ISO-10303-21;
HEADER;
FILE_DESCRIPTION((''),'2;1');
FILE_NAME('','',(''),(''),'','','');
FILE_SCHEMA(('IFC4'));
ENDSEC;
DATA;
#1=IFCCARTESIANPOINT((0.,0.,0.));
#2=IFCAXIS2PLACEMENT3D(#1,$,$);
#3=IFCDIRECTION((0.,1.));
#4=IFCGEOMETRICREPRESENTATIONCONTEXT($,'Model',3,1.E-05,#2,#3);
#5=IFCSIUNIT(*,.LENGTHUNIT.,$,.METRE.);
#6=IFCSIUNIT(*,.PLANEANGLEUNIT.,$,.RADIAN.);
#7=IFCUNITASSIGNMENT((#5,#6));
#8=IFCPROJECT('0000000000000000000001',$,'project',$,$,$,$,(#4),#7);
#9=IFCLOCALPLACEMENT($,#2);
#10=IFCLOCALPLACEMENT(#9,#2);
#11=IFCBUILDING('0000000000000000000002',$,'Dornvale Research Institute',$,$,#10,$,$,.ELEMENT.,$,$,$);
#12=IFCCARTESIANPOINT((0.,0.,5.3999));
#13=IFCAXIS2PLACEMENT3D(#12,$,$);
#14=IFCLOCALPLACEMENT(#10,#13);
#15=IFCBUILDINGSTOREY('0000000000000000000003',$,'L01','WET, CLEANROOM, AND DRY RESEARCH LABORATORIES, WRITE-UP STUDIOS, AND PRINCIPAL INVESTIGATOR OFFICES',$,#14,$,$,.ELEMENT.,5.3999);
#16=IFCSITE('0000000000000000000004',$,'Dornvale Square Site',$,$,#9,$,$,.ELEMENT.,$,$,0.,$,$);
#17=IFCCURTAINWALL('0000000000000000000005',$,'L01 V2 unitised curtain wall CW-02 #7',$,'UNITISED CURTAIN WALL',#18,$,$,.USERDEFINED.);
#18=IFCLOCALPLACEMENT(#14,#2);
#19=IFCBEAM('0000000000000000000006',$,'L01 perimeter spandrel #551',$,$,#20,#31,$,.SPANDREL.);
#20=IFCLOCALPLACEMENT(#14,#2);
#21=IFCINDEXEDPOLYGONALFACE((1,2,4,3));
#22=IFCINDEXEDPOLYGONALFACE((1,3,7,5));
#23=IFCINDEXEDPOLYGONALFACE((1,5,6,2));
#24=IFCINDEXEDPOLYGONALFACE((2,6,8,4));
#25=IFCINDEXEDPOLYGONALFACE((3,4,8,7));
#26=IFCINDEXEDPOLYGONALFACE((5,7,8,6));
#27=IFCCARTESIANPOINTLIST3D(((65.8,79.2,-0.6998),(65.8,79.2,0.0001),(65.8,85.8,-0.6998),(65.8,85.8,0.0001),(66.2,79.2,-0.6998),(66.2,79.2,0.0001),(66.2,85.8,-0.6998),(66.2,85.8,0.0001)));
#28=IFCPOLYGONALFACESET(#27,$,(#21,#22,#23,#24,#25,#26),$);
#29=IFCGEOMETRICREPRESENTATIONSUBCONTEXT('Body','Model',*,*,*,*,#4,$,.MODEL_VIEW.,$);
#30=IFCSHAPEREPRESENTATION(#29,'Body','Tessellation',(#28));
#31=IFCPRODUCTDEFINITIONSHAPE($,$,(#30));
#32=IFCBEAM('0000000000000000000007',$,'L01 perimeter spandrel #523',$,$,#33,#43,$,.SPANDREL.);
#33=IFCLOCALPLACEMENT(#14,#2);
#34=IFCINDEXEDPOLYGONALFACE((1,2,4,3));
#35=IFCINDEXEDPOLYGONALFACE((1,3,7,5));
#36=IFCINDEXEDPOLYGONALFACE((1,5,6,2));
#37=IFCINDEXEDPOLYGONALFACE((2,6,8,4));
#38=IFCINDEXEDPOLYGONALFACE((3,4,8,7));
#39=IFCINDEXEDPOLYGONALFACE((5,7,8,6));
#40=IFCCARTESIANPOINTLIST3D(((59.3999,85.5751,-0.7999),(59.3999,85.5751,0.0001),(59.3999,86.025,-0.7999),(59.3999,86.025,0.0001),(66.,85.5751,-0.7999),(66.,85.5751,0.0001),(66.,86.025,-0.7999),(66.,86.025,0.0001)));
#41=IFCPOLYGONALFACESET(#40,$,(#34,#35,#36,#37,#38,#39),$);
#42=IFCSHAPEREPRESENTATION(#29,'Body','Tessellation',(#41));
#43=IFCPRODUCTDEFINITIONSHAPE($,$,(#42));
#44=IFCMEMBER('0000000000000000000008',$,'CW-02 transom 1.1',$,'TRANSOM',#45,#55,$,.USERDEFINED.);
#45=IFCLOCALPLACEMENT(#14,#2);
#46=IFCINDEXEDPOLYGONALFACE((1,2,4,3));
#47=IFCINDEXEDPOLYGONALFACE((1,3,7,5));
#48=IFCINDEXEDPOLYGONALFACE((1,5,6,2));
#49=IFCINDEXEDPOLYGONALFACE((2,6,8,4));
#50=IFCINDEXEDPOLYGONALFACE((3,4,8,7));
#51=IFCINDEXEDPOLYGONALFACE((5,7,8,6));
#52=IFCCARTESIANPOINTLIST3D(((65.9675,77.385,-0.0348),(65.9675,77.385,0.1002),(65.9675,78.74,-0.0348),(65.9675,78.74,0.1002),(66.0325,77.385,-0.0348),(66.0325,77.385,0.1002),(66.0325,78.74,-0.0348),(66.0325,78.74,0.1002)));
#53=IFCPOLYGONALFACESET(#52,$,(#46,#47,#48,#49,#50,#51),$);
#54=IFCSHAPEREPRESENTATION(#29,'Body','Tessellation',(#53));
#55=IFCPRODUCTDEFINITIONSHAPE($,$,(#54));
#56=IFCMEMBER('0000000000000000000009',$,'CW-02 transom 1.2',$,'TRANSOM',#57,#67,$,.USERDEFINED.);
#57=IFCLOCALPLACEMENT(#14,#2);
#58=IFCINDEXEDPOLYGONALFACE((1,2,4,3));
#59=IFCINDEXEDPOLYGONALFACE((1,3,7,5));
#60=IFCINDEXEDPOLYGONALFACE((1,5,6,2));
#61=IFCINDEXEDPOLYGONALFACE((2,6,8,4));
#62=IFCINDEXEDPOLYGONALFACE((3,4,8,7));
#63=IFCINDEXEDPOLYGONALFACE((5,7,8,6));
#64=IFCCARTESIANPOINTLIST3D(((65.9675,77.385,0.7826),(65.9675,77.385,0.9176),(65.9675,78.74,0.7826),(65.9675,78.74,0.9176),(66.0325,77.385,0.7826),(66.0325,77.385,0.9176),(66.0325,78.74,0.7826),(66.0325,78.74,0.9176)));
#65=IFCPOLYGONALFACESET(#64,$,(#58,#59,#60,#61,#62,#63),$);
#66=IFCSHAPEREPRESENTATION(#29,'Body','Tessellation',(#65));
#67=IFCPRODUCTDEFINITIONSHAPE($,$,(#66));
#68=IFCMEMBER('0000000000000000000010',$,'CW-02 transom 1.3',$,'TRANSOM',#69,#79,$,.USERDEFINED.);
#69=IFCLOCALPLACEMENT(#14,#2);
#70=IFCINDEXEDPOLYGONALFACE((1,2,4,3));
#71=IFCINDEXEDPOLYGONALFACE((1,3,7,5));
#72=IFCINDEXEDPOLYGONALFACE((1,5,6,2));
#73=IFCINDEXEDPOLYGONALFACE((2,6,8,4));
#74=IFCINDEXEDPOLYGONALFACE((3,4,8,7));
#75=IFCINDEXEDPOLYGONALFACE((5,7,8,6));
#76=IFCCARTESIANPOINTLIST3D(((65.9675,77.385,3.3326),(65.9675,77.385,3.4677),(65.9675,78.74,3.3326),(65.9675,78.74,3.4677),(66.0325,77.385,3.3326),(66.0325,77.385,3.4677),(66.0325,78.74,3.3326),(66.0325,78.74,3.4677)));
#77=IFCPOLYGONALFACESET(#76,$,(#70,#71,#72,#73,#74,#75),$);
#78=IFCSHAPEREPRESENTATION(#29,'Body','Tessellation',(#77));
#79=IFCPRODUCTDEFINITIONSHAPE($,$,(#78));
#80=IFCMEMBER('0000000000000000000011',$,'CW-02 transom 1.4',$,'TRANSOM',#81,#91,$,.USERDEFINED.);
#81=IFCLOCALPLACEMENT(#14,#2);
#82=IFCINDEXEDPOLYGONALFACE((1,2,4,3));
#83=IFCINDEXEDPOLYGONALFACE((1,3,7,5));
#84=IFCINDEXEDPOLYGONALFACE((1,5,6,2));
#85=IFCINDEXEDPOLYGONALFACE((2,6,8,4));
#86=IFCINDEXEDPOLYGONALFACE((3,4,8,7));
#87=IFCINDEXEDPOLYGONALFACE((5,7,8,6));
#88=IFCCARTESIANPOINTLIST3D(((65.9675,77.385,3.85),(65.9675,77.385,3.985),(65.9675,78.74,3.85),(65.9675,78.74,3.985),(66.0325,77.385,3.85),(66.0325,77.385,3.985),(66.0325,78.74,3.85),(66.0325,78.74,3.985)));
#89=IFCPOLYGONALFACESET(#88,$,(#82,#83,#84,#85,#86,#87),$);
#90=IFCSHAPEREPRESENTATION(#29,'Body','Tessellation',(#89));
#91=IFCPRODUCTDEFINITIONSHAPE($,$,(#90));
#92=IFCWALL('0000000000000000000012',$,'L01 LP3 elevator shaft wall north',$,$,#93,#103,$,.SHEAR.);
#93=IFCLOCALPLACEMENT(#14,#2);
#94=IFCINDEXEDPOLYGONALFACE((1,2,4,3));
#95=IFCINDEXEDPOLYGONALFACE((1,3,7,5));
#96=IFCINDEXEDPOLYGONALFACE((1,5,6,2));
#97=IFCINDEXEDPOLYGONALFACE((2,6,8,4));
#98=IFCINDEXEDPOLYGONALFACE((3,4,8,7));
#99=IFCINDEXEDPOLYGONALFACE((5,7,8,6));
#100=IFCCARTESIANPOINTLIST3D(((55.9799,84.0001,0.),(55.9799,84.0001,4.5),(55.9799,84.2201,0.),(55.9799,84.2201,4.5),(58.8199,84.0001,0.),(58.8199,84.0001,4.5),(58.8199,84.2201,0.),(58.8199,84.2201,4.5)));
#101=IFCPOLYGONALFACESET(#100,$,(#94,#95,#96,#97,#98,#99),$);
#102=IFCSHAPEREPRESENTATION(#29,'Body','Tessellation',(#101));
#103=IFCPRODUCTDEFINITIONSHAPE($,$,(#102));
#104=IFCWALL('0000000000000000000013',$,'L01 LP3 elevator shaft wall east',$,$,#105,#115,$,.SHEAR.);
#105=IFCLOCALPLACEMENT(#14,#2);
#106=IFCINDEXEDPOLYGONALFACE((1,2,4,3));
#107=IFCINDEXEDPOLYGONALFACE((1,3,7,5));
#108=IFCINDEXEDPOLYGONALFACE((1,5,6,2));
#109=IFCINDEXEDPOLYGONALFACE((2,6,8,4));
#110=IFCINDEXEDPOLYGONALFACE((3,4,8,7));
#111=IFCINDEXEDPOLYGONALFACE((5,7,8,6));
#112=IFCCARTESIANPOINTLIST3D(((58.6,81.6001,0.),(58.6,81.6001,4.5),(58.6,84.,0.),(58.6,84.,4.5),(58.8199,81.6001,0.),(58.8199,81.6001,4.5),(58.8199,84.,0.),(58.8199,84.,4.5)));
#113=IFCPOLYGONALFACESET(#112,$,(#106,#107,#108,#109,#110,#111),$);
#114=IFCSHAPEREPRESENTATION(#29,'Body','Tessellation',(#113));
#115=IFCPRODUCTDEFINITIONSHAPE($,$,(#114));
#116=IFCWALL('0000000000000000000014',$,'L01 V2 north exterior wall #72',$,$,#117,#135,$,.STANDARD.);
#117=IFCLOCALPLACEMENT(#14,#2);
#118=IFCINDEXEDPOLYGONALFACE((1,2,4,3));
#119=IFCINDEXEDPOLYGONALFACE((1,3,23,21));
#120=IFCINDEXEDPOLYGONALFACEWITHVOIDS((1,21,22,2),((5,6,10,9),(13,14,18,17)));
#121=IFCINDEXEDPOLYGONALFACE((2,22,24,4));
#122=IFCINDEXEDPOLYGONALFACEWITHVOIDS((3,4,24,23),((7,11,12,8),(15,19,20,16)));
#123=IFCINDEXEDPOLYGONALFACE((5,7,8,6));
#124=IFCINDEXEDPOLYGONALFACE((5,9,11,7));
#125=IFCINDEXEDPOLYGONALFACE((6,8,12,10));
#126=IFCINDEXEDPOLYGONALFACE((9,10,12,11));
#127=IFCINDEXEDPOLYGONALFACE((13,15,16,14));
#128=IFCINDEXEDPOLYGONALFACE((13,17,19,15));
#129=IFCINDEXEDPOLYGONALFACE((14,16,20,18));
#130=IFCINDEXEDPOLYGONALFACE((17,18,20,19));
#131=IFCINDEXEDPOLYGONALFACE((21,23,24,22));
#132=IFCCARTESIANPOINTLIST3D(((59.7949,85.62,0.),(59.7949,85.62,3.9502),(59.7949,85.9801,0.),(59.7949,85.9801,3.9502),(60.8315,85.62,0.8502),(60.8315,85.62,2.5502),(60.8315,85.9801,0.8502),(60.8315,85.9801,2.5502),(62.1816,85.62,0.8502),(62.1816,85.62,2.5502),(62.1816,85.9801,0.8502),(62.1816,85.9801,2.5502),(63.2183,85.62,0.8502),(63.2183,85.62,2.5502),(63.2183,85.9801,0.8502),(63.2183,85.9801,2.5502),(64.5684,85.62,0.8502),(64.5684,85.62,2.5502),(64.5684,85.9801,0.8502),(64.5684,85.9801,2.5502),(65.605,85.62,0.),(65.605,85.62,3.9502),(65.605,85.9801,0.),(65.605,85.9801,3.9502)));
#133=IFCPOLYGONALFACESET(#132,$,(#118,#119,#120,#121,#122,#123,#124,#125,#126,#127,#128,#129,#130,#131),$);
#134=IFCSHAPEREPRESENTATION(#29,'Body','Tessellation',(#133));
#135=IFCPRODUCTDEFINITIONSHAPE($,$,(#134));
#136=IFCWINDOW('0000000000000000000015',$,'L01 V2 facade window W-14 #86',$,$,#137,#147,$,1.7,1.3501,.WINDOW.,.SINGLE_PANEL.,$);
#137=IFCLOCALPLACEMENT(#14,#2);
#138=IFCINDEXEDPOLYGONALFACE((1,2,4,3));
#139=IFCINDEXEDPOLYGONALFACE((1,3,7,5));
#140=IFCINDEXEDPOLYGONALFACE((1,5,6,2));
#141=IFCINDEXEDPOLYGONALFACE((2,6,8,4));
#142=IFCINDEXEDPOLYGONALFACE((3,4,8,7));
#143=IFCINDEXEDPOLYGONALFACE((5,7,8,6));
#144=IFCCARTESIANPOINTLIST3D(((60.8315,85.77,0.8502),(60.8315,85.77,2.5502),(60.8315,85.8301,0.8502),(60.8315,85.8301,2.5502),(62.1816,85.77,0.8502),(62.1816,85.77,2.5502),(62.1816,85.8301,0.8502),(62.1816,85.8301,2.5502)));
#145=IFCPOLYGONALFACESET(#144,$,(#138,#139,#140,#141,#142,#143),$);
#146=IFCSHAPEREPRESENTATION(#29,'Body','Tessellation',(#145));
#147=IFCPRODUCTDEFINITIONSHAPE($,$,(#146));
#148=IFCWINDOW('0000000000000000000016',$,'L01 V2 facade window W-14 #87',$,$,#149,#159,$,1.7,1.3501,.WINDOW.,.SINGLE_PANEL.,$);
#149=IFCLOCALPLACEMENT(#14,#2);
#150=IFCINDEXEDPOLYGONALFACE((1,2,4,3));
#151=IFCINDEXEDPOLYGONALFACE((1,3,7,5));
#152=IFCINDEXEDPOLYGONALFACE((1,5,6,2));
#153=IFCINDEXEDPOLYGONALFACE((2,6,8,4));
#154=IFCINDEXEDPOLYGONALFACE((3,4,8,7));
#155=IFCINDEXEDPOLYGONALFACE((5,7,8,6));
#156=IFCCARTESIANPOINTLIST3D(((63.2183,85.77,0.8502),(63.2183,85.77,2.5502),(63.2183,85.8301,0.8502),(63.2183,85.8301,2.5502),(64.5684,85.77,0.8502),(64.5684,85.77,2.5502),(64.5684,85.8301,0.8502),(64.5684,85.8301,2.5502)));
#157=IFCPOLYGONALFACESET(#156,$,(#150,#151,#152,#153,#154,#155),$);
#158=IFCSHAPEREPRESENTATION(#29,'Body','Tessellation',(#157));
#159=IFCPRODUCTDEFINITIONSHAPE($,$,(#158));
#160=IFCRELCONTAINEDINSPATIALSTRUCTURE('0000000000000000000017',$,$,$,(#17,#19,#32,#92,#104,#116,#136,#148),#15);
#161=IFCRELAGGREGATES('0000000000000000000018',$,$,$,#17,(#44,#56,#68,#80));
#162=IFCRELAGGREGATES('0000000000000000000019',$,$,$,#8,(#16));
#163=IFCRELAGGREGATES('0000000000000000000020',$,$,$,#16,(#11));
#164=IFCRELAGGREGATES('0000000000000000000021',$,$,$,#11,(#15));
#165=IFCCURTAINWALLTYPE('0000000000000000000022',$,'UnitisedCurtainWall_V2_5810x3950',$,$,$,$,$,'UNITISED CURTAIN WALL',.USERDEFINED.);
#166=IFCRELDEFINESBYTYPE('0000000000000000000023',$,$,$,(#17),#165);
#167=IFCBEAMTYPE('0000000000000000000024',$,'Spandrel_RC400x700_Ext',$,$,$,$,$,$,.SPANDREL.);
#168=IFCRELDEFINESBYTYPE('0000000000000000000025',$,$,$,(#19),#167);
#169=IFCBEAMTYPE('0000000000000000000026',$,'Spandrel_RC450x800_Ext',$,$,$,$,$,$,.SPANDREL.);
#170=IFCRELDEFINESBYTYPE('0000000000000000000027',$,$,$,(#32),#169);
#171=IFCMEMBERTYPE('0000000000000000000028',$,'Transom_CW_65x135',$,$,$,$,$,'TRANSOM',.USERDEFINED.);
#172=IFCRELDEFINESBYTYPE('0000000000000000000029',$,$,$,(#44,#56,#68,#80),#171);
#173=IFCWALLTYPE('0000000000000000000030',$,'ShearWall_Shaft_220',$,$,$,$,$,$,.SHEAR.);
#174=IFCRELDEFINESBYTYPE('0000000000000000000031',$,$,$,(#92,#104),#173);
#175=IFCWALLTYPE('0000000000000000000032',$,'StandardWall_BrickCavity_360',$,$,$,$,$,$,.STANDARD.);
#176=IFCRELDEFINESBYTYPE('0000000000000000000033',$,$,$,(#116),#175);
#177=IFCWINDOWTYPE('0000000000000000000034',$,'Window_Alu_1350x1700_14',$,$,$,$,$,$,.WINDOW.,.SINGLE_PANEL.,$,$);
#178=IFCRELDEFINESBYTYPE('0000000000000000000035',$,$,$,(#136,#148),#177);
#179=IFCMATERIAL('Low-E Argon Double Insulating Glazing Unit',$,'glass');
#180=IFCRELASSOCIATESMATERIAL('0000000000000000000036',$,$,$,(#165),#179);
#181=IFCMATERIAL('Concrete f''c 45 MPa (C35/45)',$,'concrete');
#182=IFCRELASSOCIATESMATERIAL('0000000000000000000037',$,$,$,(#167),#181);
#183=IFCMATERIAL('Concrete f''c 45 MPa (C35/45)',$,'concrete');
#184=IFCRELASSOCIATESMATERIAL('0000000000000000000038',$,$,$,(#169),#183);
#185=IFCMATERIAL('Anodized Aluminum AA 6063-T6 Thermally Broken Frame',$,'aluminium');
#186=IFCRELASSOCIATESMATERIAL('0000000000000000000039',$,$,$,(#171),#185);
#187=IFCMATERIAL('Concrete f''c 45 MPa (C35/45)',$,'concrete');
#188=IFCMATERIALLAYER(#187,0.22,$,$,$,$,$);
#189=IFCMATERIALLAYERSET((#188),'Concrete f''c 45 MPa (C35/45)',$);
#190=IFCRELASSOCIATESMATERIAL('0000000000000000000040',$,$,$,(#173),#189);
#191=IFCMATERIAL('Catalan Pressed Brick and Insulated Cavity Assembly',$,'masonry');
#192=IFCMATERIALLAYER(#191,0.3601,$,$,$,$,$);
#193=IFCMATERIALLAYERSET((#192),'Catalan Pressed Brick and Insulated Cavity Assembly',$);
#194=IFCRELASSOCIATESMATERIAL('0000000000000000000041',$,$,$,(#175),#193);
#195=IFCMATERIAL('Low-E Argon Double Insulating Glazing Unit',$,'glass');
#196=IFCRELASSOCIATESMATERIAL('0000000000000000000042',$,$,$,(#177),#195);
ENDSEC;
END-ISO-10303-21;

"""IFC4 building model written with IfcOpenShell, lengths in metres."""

from ifc_helpers import new_model, si_unit, direction, frame, frame_2d, origin, origin_2d, place, context, subcontext, project, spatial, rectangle, extrude, material, layer, layer_set, material_profile, profile_set, type_object, element, fill, aggregate, save


model = new_model("IFC4")

# Units and contexts
model_context = context("Model", 3, precision=1e-05, world=origin(), true_north=direction((0.0, 1.0)))
body_context = subcontext(model_context, "Body", "Model", "MODEL_VIEW")
ifc_project = project(units=[si_unit("LENGTHUNIT", "METRE"), si_unit("PLANEANGLEUNIT", "RADIAN")], contexts=[model_context])

# Site, building, storey
site_placement = place(None, origin())
site = spatial("IfcSite", under=ifc_project, at=site_placement, Name="Dornvale Square Site", CompositionType="ELEMENT", RefElevation=0.0)
building_placement = place(site_placement, origin())
building = spatial("IfcBuilding", under=site, at=building_placement, Name="Dornvale Research Institute", CompositionType="ELEMENT")
storey_placement = place(building_placement, frame((0.0, 0.0, 5.3999)))
storey = spatial("IfcBuildingStorey", under=building, at=storey_placement, Name="L01", Description="WET, CLEANROOM, AND DRY RESEARCH LABORATORIES, WRITE-UP STUDIOS, AND PRINCIPAL INVESTIGATOR OFFICES", CompositionType="ELEMENT", Elevation=5.3999)

# Curtain wall
ifc_material_1 = material(Name="Low-E Argon Double Insulating Glazing Unit", Category="glass")
curtain_wall_type = type_object("IfcCurtainWallType", Name="UnitisedCurtainWall_V2_5810x3950", ElementType="UNITISED CURTAIN WALL", PredefinedType="USERDEFINED", material=ifc_material_1)
curtain_wall_placement = place(storey_placement, origin())
curtain_wall = element("IfcCurtainWall", 1, at=curtain_wall_placement, inside=storey, type_object=curtain_wall_type, Name="L01 V2 unitised curtain wall CW-02 #7", ObjectType="UNITISED CURTAIN WALL", PredefinedType="USERDEFINED")

# Beams
ifc_material_2 = material(Name="Concrete f'c 45 MPa (C35/45)", Category="concrete")
ifc_material_profile_1 = material_profile(ifc_material_2, rectangle(XDim=0.3999, YDim=0.7, at=origin_2d()), Name="RC 400x700")
ifc_profile_set_1 = profile_set([ifc_material_profile_1], Name="Concrete f'c 45 MPa (C35/45)")
beam_type_1 = type_object("IfcBeamType", Name="Spandrel_RC400x700_Ext", PredefinedType="SPANDREL", material=ifc_profile_set_1)
beam_1_placement = place(storey_placement, frame((66.0, 79.2, -0.3499), z_axis=(0.0, 1.0, 0.0), x_axis=(-1.0, 0.0, 0.0)))
element("IfcBeam", 2, at=beam_1_placement, inside=storey, type_object=beam_type_1, Name="L01 perimeter spandrel #551", PredefinedType="SPANDREL", context=body_context, shape_type="SweptSolid", body=[
    extrude(rectangle(XDim=0.3999, YDim=0.7, at=origin_2d()), origin(), (0.0, 0.0, 1.0), 6.6001),
])
ifc_material_3 = material(Name="Concrete f'c 45 MPa (C35/45)", Category="concrete")
ifc_material_profile_2 = material_profile(ifc_material_3, rectangle(XDim=0.45, YDim=0.8, at=origin_2d()), Name="RC 450x800")
ifc_profile_set_2 = profile_set([ifc_material_profile_2], Name="Concrete f'c 45 MPa (C35/45)")
beam_type_2 = type_object("IfcBeamType", Name="Spandrel_RC450x800_Ext", PredefinedType="SPANDREL", material=ifc_profile_set_2)
beam_2_placement = place(storey_placement, frame((59.3999, 85.8, -0.3999), z_axis=(1.0, 0.0, 0.0), x_axis=(0.0, 1.0, 0.0)))
element("IfcBeam", 3, at=beam_2_placement, inside=storey, type_object=beam_type_2, Name="L01 perimeter spandrel #523", PredefinedType="SPANDREL", context=body_context, shape_type="SweptSolid", body=[
    extrude(rectangle(XDim=0.45, YDim=0.8, at=origin_2d()), origin(), (0.0, 0.0, 1.0), 6.6001),
])

# Members
ifc_material_4 = material(Name="Anodized Aluminum AA 6063-T6 Thermally Broken Frame", Category="aluminium")
ifc_material_profile_3 = material_profile(ifc_material_4, rectangle(XDim=0.0649, YDim=0.135, at=origin_2d()), Name="ALU TRANSOM 65x135")
ifc_profile_set_3 = profile_set([ifc_material_profile_3], Name="Anodized Aluminum AA 6063-T6 Thermally Broken Frame")
member_type_1 = type_object("IfcMemberType", Name="Transom_CW_65x135", ElementType="TRANSOM", PredefinedType="USERDEFINED", material=ifc_profile_set_3)
member_1_placement = place(storey_placement, frame((66.0, 78.74, 0.0327), z_axis=(0.0, -1.0, 0.0), x_axis=(1.0, 0.0, 0.0)))
member_1 = element("IfcMember", 4, at=member_1_placement, type_object=member_type_1, Name="CW-02 transom 1.1", ObjectType="TRANSOM", PredefinedType="USERDEFINED", context=body_context, shape_type="SweptSolid", body=[
    extrude(rectangle(XDim=0.0649, YDim=0.135, at=origin_2d()), origin(), (0.0, 0.0, 1.0), 1.355),
])
member_2_placement = place(storey_placement, frame((66.0, 78.74, 0.8501), z_axis=(0.0, -1.0, 0.0), x_axis=(1.0, 0.0, 0.0)))
member_2 = element("IfcMember", 5, at=member_2_placement, type_object=member_type_1, Name="CW-02 transom 1.2", ObjectType="TRANSOM", PredefinedType="USERDEFINED", context=body_context, shape_type="SweptSolid", body=[
    extrude(rectangle(XDim=0.0649, YDim=0.135, at=origin_2d()), origin(), (0.0, 0.0, 1.0), 1.355),
])
member_3_placement = place(storey_placement, frame((66.0, 78.74, 3.4001), z_axis=(0.0, -1.0, 0.0), x_axis=(1.0, 0.0, 0.0)))
member_3 = element("IfcMember", 6, at=member_3_placement, type_object=member_type_1, Name="CW-02 transom 1.3", ObjectType="TRANSOM", PredefinedType="USERDEFINED", context=body_context, shape_type="SweptSolid", body=[
    extrude(rectangle(XDim=0.0649, YDim=0.135, at=origin_2d()), origin(), (0.0, 0.0, 1.0), 1.355),
])
member_4_placement = place(storey_placement, frame((66.0, 78.74, 3.9175), z_axis=(0.0, -1.0, 0.0), x_axis=(1.0, 0.0, 0.0)))
member_4 = element("IfcMember", 7, at=member_4_placement, type_object=member_type_1, Name="CW-02 transom 1.4", ObjectType="TRANSOM", PredefinedType="USERDEFINED", context=body_context, shape_type="SweptSolid", body=[
    extrude(rectangle(XDim=0.0649, YDim=0.135, at=origin_2d()), origin(), (0.0, 0.0, 1.0), 1.355),
])
aggregate(curtain_wall, [member_1, member_2, member_3, member_4])

# Walls
ifc_material_5 = material(Name="Concrete f'c 45 MPa (C35/45)", Category="concrete")
ifc_layer_1 = layer(ifc_material_5, 0.22)
ifc_layer_set_1 = layer_set([ifc_layer_1], Name="Concrete f'c 45 MPa (C35/45)")
wall_type_1 = type_object("IfcWallType", Name="ShearWall_Shaft_220", PredefinedType="SHEAR", material=ifc_layer_set_1)
wall_1_placement = place(storey_placement, frame((55.98, 84.1101, 0.0), z_axis=(0.0, 0.0, 1.0), x_axis=(1.0, 0.0, 0.0)))
element("IfcWall", 8, at=wall_1_placement, inside=storey, type_object=wall_type_1, Name="L01 LP3 elevator shaft wall north", PredefinedType="SHEAR", context=body_context, shape_type="SweptSolid", body=[
    extrude(rectangle(XDim=2.8401, YDim=0.22, at=frame_2d((1.4199, 0.0))), origin(), (0.0, 0.0, 1.0), 4.5),
])
wall_2_placement = place(storey_placement, frame((58.71, 81.6001, 0.0), z_axis=(0.0, 0.0, 1.0), x_axis=(0.0, 1.0, 0.0)))
element("IfcWall", 9, at=wall_2_placement, inside=storey, type_object=wall_type_1, Name="L01 LP3 elevator shaft wall east", PredefinedType="SHEAR", context=body_context, shape_type="SweptSolid", body=[
    extrude(rectangle(XDim=2.3999, YDim=0.22, at=frame_2d((1.2, 0.0))), origin(), (0.0, 0.0, 1.0), 4.5),
])

# Wall, openings, windows
ifc_material_6 = material(Name="Catalan Pressed Brick and Insulated Cavity Assembly", Category="masonry")
ifc_layer_2 = layer(ifc_material_6, 0.3601)
ifc_layer_set_2 = layer_set([ifc_layer_2], Name="Catalan Pressed Brick and Insulated Cavity Assembly")
wall_type_2 = type_object("IfcWallType", Name="StandardWall_BrickCavity_360", PredefinedType="STANDARD", material=ifc_layer_set_2)
wall_3_placement = place(storey_placement, frame((59.7949, 85.8, 0.0), z_axis=(0.0, 0.0, 1.0), x_axis=(1.0, 0.0, 0.0)))
wall_3 = element("IfcWall", 10, at=wall_3_placement, inside=storey, type_object=wall_type_2, Name="L01 V2 north exterior wall #72", PredefinedType="STANDARD", context=body_context, shape_type="SweptSolid", body=[
    extrude(rectangle(XDim=5.8101, YDim=0.3601, at=frame_2d((2.905, 0.0))), origin(), (0.0, 0.0, 1.0), 3.9502),
])
opening_1_placement = place(wall_3_placement, frame((1.0366, 0.0, 0.8501)))
opening_1 = element("IfcOpeningElement", 11, at=opening_1_placement, cuts=wall_3, PredefinedType="OPENING", context=body_context, shape_type="SweptSolid", body=[
    extrude(rectangle(XDim=1.3501, YDim=1.7, at=frame_2d((0.675, 0.8501))), frame((0.0, 0.1951, 0.0), z_axis=(0.0, -1.0, 0.0), x_axis=(1.0, 0.0, 0.0)), (0.0, 0.0, 1.0), 0.3901),
])
opening_2_placement = place(wall_3_placement, frame((3.4233, 0.0, 0.8501)))
opening_2 = element("IfcOpeningElement", 12, at=opening_2_placement, cuts=wall_3, PredefinedType="OPENING", context=body_context, shape_type="SweptSolid", body=[
    extrude(rectangle(XDim=1.3501, YDim=1.7, at=frame_2d((0.675, 0.8501))), frame((0.0, 0.1951, 0.0), z_axis=(0.0, -1.0, 0.0), x_axis=(1.0, 0.0, 0.0)), (0.0, 0.0, 1.0), 0.3901),
])
ifc_material_7 = material(Name="Low-E Argon Double Insulating Glazing Unit", Category="glass")
window_type_1 = type_object("IfcWindowType", Name="Window_Alu_1350x1700_14", PartitioningType="SINGLE_PANEL", PredefinedType="WINDOW", material=ifc_material_7)
window_1_placement = place(opening_1_placement, origin())
window_1 = element("IfcWindow", 13, at=window_1_placement, inside=storey, type_object=window_type_1, Name="L01 V2 facade window W-14 #86", OverallHeight=1.7, OverallWidth=1.3501, PartitioningType="SINGLE_PANEL", PredefinedType="WINDOW", context=body_context, shape_type="SweptSolid", body=[
    extrude(rectangle(XDim=1.3501, YDim=1.7, at=frame_2d((0.675, 0.8501))), frame((0.0, 0.03, 0.0), z_axis=(0.0, -1.0, 0.0), x_axis=(1.0, 0.0, 0.0)), (0.0, 0.0, 1.0), 0.0601),
])
fill(opening_1, window_1)
window_2_placement = place(opening_2_placement, origin())
window_2 = element("IfcWindow", 14, at=window_2_placement, inside=storey, type_object=window_type_1, Name="L01 V2 facade window W-14 #87", OverallHeight=1.7, OverallWidth=1.3501, PartitioningType="SINGLE_PANEL", PredefinedType="WINDOW", context=body_context, shape_type="SweptSolid", body=[
    extrude(rectangle(XDim=1.3501, YDim=1.7, at=frame_2d((0.675, 0.8501))), frame((0.0, 0.03, 0.0), z_axis=(0.0, -1.0, 0.0), x_axis=(1.0, 0.0, 0.0)), (0.0, 0.0, 1.0), 0.0601),
])
fill(opening_2, window_2)

save(model, "model.ifc")
